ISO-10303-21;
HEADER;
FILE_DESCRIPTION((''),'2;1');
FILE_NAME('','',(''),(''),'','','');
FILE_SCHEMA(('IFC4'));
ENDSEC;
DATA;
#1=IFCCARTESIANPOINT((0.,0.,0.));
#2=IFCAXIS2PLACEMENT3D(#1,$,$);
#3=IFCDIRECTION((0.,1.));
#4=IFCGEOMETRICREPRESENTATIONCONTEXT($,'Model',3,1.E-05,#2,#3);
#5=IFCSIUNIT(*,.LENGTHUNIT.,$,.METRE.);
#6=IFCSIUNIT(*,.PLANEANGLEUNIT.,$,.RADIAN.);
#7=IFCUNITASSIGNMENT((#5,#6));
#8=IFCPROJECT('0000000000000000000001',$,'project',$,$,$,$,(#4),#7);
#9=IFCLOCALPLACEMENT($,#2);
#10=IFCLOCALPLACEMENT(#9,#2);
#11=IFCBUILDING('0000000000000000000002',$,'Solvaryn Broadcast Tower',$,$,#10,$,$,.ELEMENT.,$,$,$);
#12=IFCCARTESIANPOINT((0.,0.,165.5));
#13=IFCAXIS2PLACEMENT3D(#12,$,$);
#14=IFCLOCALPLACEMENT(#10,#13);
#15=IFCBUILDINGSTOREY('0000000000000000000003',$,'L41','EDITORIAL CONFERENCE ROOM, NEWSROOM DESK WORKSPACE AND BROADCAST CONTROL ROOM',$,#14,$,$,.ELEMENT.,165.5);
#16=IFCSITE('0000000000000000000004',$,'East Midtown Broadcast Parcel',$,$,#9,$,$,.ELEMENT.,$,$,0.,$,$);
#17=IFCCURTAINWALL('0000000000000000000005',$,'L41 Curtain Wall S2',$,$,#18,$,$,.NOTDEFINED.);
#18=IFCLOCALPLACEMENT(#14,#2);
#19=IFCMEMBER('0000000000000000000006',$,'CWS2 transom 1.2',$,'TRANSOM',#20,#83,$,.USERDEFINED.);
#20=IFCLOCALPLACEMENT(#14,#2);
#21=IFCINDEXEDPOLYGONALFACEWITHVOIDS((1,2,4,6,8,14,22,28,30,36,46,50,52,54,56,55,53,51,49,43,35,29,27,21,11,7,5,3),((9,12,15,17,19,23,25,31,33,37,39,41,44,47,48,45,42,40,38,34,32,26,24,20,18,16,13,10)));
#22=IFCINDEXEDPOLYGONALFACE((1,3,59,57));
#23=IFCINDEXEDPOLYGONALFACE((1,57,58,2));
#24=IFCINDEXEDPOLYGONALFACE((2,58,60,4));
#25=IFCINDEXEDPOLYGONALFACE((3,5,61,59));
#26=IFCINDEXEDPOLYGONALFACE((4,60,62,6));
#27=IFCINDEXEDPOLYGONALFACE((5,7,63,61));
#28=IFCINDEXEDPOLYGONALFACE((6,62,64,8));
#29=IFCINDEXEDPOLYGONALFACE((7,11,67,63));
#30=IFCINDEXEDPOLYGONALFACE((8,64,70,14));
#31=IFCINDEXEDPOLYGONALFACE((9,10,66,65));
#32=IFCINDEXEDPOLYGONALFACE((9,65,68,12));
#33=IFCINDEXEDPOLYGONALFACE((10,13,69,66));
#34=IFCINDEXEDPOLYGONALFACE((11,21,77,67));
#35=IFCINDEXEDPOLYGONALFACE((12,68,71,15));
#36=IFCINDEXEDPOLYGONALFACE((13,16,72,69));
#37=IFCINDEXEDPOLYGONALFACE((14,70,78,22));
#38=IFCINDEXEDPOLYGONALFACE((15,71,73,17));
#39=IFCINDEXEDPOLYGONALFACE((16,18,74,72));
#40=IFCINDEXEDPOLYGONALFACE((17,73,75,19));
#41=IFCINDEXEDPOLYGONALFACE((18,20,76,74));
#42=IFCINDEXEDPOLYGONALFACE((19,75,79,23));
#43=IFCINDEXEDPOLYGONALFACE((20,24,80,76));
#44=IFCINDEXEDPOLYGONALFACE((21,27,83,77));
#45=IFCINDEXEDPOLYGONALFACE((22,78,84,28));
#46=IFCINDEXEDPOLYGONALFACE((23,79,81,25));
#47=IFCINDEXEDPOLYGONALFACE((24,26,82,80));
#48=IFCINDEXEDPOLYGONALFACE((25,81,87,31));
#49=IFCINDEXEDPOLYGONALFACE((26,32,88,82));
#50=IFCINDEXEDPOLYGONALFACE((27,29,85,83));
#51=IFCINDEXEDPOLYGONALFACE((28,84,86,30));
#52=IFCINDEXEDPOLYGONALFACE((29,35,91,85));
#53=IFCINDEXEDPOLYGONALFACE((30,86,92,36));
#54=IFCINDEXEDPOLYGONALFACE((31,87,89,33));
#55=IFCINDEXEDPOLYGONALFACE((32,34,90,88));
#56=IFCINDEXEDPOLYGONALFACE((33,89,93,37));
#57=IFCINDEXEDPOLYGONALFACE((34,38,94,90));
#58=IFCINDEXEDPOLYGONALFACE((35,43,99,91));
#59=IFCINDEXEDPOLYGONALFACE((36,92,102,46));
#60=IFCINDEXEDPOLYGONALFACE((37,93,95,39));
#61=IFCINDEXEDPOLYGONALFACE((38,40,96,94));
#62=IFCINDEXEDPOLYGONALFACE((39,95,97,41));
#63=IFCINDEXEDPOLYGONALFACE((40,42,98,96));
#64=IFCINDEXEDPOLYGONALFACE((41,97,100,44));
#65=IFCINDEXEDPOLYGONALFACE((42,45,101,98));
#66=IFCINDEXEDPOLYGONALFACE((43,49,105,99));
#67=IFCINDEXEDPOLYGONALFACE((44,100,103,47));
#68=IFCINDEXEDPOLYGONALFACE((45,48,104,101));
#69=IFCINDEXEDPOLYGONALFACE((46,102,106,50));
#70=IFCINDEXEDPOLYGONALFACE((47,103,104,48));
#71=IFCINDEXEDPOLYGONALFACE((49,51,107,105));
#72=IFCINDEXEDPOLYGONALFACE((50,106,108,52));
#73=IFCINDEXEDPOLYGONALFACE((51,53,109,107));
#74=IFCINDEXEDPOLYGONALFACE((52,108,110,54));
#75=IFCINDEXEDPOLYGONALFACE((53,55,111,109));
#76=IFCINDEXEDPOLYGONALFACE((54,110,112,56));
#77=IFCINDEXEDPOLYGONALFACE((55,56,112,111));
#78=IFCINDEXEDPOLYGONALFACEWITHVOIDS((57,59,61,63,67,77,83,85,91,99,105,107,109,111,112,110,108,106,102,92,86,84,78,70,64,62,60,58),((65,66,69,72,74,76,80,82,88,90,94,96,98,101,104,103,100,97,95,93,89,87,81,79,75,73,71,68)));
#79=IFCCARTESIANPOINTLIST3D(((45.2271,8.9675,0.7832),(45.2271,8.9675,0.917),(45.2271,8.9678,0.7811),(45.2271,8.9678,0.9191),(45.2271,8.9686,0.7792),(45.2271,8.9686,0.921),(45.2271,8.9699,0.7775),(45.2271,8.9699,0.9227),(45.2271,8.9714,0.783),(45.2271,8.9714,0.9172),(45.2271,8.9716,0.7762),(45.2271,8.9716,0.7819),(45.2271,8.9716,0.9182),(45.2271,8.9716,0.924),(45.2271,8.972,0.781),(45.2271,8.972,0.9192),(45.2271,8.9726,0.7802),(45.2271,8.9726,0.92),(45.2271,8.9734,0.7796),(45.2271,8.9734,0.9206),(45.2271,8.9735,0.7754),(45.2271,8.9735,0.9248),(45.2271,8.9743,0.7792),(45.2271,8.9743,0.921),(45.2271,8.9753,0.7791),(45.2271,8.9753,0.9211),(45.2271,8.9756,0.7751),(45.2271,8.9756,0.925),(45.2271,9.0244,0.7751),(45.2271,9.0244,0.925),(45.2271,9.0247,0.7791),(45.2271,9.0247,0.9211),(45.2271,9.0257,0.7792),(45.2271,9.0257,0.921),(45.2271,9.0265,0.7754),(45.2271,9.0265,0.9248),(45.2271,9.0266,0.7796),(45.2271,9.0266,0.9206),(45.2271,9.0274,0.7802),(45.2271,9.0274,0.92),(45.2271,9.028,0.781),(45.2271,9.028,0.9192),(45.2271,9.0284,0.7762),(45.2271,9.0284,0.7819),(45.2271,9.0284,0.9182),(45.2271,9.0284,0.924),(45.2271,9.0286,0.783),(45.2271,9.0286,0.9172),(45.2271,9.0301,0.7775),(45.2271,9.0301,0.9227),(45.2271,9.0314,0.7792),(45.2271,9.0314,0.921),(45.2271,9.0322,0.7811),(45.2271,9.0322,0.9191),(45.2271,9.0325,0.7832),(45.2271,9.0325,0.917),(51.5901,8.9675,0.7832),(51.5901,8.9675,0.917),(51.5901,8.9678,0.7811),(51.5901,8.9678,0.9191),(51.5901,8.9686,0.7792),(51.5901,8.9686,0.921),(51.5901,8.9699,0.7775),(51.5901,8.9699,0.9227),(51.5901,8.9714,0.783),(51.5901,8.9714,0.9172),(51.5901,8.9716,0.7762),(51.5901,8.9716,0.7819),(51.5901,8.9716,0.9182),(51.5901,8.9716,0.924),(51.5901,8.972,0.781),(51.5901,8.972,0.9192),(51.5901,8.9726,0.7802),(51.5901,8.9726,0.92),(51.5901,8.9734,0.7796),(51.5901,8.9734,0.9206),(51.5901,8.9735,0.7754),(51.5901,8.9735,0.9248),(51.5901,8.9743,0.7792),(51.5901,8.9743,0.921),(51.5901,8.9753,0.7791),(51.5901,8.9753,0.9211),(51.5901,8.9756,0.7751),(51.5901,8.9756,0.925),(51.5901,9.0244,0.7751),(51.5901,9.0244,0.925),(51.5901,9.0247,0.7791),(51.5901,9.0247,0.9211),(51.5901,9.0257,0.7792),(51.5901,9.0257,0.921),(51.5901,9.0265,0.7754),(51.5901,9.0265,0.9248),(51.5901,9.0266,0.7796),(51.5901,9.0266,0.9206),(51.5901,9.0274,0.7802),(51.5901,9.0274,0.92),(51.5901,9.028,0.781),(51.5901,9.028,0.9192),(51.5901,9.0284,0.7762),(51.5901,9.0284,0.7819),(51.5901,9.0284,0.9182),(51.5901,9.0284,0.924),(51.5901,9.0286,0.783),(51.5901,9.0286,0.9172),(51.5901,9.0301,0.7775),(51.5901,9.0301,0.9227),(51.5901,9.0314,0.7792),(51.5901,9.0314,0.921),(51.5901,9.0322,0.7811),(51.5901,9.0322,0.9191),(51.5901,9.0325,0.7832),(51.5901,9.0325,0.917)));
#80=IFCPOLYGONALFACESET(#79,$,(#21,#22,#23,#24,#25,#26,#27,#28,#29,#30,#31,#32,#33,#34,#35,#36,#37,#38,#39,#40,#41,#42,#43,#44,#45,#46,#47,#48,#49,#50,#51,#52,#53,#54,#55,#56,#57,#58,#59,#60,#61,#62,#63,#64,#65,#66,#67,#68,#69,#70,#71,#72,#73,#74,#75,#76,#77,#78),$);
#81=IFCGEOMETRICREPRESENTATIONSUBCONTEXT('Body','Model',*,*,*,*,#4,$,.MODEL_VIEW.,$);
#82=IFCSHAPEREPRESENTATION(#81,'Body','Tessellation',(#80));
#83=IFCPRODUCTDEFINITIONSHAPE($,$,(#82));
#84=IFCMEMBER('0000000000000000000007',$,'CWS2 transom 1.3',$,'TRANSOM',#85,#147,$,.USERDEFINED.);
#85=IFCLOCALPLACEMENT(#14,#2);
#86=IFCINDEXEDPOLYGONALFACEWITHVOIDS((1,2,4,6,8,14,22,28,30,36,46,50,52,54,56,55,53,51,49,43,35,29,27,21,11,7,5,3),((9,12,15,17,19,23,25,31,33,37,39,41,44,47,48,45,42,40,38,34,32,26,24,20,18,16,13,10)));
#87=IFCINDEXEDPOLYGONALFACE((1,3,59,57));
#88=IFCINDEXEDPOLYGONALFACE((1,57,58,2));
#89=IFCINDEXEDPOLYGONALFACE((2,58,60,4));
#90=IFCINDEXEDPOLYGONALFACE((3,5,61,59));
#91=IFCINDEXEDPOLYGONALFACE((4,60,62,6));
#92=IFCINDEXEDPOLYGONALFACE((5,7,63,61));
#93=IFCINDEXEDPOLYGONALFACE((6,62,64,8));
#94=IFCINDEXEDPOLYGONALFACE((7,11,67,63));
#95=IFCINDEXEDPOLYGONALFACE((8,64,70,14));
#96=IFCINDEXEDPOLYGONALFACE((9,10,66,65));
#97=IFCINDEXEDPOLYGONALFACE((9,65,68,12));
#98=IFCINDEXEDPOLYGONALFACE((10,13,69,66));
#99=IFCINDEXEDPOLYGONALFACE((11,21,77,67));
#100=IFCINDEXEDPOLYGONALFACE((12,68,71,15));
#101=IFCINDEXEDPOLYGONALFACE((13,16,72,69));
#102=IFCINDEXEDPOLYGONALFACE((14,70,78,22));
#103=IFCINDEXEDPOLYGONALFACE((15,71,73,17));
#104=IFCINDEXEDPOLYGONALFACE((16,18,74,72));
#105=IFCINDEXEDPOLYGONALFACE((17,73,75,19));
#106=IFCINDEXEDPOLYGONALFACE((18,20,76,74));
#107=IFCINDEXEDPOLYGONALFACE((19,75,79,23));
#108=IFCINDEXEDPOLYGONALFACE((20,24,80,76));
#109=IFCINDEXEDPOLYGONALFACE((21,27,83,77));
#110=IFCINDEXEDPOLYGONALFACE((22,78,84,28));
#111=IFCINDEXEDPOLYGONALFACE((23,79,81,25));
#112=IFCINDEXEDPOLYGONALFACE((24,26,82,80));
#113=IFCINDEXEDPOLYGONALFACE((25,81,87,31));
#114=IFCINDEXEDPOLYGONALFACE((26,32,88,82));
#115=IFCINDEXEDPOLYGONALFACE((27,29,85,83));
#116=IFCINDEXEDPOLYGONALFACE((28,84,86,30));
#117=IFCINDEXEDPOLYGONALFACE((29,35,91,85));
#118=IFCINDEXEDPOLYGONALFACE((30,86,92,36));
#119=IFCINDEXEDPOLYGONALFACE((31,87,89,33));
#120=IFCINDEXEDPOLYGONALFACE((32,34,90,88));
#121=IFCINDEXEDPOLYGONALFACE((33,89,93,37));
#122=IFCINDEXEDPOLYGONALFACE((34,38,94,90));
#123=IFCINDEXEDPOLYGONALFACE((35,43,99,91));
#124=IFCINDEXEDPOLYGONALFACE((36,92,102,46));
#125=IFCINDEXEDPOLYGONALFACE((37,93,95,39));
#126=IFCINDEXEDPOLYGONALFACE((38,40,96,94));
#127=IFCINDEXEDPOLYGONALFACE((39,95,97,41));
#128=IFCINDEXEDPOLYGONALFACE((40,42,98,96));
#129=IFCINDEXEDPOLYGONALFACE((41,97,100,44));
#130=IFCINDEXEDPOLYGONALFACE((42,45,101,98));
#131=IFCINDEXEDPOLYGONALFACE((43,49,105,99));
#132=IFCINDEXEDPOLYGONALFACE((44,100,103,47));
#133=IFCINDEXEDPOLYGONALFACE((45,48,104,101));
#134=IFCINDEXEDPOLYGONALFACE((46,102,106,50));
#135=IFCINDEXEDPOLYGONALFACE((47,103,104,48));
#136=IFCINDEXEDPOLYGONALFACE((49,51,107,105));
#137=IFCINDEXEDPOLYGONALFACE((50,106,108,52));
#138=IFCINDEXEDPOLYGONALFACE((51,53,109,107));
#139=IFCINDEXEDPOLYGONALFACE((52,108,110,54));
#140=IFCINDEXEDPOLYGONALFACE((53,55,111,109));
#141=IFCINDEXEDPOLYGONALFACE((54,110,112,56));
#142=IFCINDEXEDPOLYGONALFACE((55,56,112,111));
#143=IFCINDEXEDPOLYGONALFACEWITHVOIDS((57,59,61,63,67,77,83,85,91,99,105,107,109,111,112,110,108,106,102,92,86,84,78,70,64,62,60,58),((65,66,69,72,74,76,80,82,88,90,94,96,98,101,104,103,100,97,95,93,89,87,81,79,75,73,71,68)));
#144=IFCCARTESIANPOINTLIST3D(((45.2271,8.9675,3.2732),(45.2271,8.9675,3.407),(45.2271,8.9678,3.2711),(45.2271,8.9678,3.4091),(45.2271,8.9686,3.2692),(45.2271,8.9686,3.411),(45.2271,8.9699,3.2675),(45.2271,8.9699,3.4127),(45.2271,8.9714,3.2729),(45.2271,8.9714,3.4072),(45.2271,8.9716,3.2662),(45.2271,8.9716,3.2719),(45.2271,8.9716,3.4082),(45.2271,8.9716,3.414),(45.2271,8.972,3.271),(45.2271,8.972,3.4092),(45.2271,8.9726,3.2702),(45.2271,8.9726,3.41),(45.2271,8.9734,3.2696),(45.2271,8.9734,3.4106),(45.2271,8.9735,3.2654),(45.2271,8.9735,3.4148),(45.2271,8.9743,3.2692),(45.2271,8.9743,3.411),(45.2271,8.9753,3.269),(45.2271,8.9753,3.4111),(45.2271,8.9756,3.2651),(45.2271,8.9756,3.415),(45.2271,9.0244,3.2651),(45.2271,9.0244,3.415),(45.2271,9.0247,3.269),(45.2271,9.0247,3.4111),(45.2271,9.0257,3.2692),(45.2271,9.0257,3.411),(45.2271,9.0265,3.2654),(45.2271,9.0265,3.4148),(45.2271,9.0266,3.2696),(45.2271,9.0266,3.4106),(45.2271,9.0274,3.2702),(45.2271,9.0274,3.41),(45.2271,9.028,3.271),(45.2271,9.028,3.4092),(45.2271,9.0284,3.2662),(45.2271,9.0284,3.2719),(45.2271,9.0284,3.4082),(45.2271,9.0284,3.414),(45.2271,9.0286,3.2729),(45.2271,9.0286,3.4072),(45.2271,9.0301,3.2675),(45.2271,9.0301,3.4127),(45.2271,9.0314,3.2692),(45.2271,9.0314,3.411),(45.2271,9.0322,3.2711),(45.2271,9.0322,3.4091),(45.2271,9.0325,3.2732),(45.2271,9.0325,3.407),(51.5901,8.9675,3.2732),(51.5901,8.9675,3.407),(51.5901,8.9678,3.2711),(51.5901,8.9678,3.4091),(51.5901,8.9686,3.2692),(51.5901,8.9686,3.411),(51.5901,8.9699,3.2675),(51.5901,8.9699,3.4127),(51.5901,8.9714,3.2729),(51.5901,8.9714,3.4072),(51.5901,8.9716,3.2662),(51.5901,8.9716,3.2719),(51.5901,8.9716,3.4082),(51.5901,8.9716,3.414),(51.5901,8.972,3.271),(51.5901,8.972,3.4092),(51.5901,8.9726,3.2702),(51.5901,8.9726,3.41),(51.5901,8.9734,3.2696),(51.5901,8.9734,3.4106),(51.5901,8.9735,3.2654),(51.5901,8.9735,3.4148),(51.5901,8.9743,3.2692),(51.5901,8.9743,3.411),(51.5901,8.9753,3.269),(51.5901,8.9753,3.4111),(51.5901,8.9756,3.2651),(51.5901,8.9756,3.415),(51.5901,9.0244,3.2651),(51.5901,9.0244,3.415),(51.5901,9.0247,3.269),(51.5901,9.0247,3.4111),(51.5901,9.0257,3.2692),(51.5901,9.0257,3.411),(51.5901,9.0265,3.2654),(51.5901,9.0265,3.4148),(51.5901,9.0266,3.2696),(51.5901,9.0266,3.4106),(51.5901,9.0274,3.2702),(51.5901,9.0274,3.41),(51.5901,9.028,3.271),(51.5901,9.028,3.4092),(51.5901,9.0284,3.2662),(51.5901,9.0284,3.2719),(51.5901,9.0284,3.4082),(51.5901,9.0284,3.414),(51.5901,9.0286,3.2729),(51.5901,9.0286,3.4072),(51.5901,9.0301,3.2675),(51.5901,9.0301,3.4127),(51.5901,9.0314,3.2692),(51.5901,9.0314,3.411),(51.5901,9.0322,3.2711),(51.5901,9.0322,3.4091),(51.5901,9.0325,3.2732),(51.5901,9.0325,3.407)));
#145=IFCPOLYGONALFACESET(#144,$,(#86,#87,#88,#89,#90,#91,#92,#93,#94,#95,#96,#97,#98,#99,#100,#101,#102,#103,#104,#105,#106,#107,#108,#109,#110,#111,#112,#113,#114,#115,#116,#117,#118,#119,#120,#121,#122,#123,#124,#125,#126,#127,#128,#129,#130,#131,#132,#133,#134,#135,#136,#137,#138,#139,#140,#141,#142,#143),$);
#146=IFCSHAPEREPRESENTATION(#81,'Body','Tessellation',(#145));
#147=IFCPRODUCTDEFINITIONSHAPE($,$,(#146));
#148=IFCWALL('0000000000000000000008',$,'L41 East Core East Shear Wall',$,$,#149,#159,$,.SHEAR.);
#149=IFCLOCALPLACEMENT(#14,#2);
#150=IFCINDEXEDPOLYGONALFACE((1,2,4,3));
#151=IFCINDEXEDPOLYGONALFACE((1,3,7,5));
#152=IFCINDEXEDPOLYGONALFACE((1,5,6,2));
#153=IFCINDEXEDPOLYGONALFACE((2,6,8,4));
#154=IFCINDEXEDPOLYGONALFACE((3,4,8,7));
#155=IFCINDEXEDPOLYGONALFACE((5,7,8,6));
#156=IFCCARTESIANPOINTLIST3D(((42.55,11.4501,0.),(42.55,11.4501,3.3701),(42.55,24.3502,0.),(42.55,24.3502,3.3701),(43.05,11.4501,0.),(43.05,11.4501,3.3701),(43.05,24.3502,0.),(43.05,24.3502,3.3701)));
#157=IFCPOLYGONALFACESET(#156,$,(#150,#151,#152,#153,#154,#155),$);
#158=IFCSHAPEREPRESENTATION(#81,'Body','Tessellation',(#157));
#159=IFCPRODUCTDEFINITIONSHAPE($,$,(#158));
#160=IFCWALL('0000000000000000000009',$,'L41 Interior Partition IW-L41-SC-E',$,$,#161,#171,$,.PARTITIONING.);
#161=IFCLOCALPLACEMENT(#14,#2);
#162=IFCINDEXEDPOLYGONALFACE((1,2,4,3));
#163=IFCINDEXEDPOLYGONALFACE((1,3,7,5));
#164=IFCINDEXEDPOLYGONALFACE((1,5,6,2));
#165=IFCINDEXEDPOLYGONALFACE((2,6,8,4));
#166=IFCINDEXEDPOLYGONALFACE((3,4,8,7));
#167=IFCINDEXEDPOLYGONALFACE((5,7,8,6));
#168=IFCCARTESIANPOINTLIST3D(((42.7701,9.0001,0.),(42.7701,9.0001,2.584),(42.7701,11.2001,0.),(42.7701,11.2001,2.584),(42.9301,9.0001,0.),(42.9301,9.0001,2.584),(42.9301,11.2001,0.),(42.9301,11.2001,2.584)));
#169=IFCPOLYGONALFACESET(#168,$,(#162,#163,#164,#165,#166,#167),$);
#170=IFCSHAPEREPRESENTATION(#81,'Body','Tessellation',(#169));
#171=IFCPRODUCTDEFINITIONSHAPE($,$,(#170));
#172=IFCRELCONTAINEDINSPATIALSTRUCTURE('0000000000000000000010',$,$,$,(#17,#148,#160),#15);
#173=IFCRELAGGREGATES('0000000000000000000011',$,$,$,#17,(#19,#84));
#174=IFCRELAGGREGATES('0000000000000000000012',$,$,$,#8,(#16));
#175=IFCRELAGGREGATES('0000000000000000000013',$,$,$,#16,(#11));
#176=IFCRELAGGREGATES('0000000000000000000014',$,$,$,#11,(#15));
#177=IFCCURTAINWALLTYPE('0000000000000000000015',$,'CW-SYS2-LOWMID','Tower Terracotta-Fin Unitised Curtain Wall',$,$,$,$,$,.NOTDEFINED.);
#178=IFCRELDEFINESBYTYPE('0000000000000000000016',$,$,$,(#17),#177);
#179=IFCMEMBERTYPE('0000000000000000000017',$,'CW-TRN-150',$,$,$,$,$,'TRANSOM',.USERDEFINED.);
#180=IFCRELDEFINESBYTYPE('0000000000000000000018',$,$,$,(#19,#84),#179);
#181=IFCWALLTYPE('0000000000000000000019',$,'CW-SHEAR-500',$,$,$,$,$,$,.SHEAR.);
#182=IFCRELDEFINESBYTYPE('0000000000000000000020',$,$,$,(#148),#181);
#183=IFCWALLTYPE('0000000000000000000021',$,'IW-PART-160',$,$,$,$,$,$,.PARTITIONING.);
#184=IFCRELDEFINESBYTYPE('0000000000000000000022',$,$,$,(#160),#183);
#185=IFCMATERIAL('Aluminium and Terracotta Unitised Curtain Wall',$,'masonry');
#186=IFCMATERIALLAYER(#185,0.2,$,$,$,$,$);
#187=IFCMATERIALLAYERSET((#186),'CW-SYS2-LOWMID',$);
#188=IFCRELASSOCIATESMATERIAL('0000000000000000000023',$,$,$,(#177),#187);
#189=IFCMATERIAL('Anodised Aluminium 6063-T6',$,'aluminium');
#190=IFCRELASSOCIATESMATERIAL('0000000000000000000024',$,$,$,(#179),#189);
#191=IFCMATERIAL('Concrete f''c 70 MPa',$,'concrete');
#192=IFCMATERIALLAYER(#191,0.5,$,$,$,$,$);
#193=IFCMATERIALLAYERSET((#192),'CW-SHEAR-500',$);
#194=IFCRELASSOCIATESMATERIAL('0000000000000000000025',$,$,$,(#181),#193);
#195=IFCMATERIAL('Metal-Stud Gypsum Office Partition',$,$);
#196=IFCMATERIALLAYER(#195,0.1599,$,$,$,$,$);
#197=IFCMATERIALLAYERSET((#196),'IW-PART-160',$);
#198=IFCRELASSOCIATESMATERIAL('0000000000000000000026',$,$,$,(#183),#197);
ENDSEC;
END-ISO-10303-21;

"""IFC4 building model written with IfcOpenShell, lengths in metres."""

from ifc_helpers import new_model, si_unit, direction, frame, frame_2d, origin, origin_2d, place, context, subcontext, project, spatial, rectangle, hollow_rectangle, extrude, material, layer, layer_set, material_profile, profile_set, type_object, element, aggregate, save


model = new_model("IFC4")

# Units and contexts
model_context = context("Model", 3, precision=1e-05, world=origin(), true_north=direction((0.0, 1.0)))
body_context = subcontext(model_context, "Body", "Model", "MODEL_VIEW")
ifc_project = project(units=[si_unit("LENGTHUNIT", "METRE"), si_unit("PLANEANGLEUNIT", "RADIAN")], contexts=[model_context])

# Site, building, storey
site_placement = place(None, origin())
site = spatial("IfcSite", under=ifc_project, at=site_placement, Name="East Midtown Broadcast Parcel", CompositionType="ELEMENT", RefElevation=0.0)
building_placement = place(site_placement, origin())
building = spatial("IfcBuilding", under=site, at=building_placement, Name="Solvaryn Broadcast Tower", CompositionType="ELEMENT")
storey_placement = place(building_placement, frame((0.0, 0.0, 165.5)))
storey = spatial("IfcBuildingStorey", under=building, at=storey_placement, Name="L41", Description="EDITORIAL CONFERENCE ROOM, NEWSROOM DESK WORKSPACE AND BROADCAST CONTROL ROOM", CompositionType="ELEMENT", Elevation=165.5)

# Shared definitions
ifc_material_1 = material(Name="Aluminium and Terracotta Unitised Curtain Wall", Category="masonry")
ifc_layer_1 = layer(ifc_material_1, 0.2)
ifc_layer_set_1 = layer_set([ifc_layer_1], Name="CW-SYS2-LOWMID")
curtain_wall_type = type_object("IfcCurtainWallType", Name="CW-SYS2-LOWMID", Description="Tower Terracotta-Fin Unitised Curtain Wall", PredefinedType="NOTDEFINED", material=ifc_layer_set_1)

# Curtain wall, members
curtain_wall_1_placement = place(storey_placement, origin())
curtain_wall_1 = element("IfcCurtainWall", 1, at=curtain_wall_1_placement, inside=storey, type_object=curtain_wall_type, Name="L41 Curtain Wall S2", PredefinedType="NOTDEFINED")
ifc_material_2 = material(Name="Anodised Aluminium 6063-T6", Category="aluminium")
ifc_material_profile_1 = material_profile(ifc_material_2, hollow_rectangle(XDim=0.0649, YDim=0.1499, WallThickness=0.0039, InnerFilletRadius=0.0039, OuterFilletRadius=0.0081, at=origin_2d()))
ifc_profile_set_1 = profile_set([ifc_material_profile_1], Name="Anodised Aluminium 6063-T6")
member_type_1 = type_object("IfcMemberType", Name="CW-TRN-150", ElementType="TRANSOM", PredefinedType="USERDEFINED", material=ifc_profile_set_1)
member_1_placement = place(storey_placement, frame((45.2271, 9.0, 0.8501), z_axis=(1.0, 0.0, 0.0), x_axis=(0.0, 1.0, 0.0)))
member_1 = element("IfcMember", 2, at=member_1_placement, type_object=member_type_1, Name="CWS2 transom 1.2", ObjectType="TRANSOM", PredefinedType="USERDEFINED", context=body_context, shape_type="SweptSolid", body=[
    extrude(hollow_rectangle(XDim=0.0649, YDim=0.1499, WallThickness=0.0039, InnerFilletRadius=0.0039, OuterFilletRadius=0.0081, at=origin_2d()), origin(), (0.0, 0.0, 1.0), 6.363),
])
member_2_placement = place(storey_placement, frame((45.2271, 9.0, 3.3401), z_axis=(1.0, 0.0, 0.0), x_axis=(0.0, 1.0, 0.0)))
member_2 = element("IfcMember", 3, at=member_2_placement, type_object=member_type_1, Name="CWS2 transom 1.3", ObjectType="TRANSOM", PredefinedType="USERDEFINED", context=body_context, shape_type="SweptSolid", body=[
    extrude(hollow_rectangle(XDim=0.0649, YDim=0.1499, WallThickness=0.0039, InnerFilletRadius=0.0039, OuterFilletRadius=0.0081, at=origin_2d()), origin(), (0.0, 0.0, 1.0), 6.363),
])
aggregate(curtain_wall_1, [member_1, member_2])

# Walls
ifc_material_3 = material(Name="Concrete f'c 70 MPa", Category="concrete")
ifc_layer_2 = layer(ifc_material_3, 0.5)
ifc_layer_set_2 = layer_set([ifc_layer_2], Name="CW-SHEAR-500")
wall_type_1 = type_object("IfcWallType", Name="CW-SHEAR-500", PredefinedType="SHEAR", material=ifc_layer_set_2)
wall_1_placement = place(storey_placement, frame((42.8, 11.45, 0.0), z_axis=(0.0, 0.0, 1.0), x_axis=(0.0, 1.0, 0.0)))
element("IfcWall", 4, at=wall_1_placement, inside=storey, type_object=wall_type_1, Name="L41 East Core East Shear Wall", PredefinedType="SHEAR", context=body_context, shape_type="SweptSolid", body=[
    extrude(rectangle(XDim=12.9001, YDim=0.5, at=frame_2d((6.4502, 0.0))), origin(), (0.0, 0.0, 1.0), 3.3701),
])
ifc_material_4 = material(Name="Metal-Stud Gypsum Office Partition")
ifc_layer_3 = layer(ifc_material_4, 0.1599)
ifc_layer_set_3 = layer_set([ifc_layer_3], Name="IW-PART-160")
wall_type_2 = type_object("IfcWallType", Name="IW-PART-160", PredefinedType="PARTITIONING", material=ifc_layer_set_3)
wall_2_placement = place(storey_placement, frame((42.8501, 9.0, 0.0), z_axis=(0.0, 0.0, 1.0), x_axis=(0.0, 1.0, 0.0)))
element("IfcWall", 5, at=wall_2_placement, inside=storey, type_object=wall_type_2, Name="L41 Interior Partition IW-L41-SC-E", PredefinedType="PARTITIONING", context=body_context, shape_type="SweptSolid", body=[
    extrude(rectangle(XDim=2.2, YDim=0.1599, at=frame_2d((1.1001, 0.0))), origin(), (0.0, 0.0, 1.0), 2.584),
])

save(model, "model.ifc")
